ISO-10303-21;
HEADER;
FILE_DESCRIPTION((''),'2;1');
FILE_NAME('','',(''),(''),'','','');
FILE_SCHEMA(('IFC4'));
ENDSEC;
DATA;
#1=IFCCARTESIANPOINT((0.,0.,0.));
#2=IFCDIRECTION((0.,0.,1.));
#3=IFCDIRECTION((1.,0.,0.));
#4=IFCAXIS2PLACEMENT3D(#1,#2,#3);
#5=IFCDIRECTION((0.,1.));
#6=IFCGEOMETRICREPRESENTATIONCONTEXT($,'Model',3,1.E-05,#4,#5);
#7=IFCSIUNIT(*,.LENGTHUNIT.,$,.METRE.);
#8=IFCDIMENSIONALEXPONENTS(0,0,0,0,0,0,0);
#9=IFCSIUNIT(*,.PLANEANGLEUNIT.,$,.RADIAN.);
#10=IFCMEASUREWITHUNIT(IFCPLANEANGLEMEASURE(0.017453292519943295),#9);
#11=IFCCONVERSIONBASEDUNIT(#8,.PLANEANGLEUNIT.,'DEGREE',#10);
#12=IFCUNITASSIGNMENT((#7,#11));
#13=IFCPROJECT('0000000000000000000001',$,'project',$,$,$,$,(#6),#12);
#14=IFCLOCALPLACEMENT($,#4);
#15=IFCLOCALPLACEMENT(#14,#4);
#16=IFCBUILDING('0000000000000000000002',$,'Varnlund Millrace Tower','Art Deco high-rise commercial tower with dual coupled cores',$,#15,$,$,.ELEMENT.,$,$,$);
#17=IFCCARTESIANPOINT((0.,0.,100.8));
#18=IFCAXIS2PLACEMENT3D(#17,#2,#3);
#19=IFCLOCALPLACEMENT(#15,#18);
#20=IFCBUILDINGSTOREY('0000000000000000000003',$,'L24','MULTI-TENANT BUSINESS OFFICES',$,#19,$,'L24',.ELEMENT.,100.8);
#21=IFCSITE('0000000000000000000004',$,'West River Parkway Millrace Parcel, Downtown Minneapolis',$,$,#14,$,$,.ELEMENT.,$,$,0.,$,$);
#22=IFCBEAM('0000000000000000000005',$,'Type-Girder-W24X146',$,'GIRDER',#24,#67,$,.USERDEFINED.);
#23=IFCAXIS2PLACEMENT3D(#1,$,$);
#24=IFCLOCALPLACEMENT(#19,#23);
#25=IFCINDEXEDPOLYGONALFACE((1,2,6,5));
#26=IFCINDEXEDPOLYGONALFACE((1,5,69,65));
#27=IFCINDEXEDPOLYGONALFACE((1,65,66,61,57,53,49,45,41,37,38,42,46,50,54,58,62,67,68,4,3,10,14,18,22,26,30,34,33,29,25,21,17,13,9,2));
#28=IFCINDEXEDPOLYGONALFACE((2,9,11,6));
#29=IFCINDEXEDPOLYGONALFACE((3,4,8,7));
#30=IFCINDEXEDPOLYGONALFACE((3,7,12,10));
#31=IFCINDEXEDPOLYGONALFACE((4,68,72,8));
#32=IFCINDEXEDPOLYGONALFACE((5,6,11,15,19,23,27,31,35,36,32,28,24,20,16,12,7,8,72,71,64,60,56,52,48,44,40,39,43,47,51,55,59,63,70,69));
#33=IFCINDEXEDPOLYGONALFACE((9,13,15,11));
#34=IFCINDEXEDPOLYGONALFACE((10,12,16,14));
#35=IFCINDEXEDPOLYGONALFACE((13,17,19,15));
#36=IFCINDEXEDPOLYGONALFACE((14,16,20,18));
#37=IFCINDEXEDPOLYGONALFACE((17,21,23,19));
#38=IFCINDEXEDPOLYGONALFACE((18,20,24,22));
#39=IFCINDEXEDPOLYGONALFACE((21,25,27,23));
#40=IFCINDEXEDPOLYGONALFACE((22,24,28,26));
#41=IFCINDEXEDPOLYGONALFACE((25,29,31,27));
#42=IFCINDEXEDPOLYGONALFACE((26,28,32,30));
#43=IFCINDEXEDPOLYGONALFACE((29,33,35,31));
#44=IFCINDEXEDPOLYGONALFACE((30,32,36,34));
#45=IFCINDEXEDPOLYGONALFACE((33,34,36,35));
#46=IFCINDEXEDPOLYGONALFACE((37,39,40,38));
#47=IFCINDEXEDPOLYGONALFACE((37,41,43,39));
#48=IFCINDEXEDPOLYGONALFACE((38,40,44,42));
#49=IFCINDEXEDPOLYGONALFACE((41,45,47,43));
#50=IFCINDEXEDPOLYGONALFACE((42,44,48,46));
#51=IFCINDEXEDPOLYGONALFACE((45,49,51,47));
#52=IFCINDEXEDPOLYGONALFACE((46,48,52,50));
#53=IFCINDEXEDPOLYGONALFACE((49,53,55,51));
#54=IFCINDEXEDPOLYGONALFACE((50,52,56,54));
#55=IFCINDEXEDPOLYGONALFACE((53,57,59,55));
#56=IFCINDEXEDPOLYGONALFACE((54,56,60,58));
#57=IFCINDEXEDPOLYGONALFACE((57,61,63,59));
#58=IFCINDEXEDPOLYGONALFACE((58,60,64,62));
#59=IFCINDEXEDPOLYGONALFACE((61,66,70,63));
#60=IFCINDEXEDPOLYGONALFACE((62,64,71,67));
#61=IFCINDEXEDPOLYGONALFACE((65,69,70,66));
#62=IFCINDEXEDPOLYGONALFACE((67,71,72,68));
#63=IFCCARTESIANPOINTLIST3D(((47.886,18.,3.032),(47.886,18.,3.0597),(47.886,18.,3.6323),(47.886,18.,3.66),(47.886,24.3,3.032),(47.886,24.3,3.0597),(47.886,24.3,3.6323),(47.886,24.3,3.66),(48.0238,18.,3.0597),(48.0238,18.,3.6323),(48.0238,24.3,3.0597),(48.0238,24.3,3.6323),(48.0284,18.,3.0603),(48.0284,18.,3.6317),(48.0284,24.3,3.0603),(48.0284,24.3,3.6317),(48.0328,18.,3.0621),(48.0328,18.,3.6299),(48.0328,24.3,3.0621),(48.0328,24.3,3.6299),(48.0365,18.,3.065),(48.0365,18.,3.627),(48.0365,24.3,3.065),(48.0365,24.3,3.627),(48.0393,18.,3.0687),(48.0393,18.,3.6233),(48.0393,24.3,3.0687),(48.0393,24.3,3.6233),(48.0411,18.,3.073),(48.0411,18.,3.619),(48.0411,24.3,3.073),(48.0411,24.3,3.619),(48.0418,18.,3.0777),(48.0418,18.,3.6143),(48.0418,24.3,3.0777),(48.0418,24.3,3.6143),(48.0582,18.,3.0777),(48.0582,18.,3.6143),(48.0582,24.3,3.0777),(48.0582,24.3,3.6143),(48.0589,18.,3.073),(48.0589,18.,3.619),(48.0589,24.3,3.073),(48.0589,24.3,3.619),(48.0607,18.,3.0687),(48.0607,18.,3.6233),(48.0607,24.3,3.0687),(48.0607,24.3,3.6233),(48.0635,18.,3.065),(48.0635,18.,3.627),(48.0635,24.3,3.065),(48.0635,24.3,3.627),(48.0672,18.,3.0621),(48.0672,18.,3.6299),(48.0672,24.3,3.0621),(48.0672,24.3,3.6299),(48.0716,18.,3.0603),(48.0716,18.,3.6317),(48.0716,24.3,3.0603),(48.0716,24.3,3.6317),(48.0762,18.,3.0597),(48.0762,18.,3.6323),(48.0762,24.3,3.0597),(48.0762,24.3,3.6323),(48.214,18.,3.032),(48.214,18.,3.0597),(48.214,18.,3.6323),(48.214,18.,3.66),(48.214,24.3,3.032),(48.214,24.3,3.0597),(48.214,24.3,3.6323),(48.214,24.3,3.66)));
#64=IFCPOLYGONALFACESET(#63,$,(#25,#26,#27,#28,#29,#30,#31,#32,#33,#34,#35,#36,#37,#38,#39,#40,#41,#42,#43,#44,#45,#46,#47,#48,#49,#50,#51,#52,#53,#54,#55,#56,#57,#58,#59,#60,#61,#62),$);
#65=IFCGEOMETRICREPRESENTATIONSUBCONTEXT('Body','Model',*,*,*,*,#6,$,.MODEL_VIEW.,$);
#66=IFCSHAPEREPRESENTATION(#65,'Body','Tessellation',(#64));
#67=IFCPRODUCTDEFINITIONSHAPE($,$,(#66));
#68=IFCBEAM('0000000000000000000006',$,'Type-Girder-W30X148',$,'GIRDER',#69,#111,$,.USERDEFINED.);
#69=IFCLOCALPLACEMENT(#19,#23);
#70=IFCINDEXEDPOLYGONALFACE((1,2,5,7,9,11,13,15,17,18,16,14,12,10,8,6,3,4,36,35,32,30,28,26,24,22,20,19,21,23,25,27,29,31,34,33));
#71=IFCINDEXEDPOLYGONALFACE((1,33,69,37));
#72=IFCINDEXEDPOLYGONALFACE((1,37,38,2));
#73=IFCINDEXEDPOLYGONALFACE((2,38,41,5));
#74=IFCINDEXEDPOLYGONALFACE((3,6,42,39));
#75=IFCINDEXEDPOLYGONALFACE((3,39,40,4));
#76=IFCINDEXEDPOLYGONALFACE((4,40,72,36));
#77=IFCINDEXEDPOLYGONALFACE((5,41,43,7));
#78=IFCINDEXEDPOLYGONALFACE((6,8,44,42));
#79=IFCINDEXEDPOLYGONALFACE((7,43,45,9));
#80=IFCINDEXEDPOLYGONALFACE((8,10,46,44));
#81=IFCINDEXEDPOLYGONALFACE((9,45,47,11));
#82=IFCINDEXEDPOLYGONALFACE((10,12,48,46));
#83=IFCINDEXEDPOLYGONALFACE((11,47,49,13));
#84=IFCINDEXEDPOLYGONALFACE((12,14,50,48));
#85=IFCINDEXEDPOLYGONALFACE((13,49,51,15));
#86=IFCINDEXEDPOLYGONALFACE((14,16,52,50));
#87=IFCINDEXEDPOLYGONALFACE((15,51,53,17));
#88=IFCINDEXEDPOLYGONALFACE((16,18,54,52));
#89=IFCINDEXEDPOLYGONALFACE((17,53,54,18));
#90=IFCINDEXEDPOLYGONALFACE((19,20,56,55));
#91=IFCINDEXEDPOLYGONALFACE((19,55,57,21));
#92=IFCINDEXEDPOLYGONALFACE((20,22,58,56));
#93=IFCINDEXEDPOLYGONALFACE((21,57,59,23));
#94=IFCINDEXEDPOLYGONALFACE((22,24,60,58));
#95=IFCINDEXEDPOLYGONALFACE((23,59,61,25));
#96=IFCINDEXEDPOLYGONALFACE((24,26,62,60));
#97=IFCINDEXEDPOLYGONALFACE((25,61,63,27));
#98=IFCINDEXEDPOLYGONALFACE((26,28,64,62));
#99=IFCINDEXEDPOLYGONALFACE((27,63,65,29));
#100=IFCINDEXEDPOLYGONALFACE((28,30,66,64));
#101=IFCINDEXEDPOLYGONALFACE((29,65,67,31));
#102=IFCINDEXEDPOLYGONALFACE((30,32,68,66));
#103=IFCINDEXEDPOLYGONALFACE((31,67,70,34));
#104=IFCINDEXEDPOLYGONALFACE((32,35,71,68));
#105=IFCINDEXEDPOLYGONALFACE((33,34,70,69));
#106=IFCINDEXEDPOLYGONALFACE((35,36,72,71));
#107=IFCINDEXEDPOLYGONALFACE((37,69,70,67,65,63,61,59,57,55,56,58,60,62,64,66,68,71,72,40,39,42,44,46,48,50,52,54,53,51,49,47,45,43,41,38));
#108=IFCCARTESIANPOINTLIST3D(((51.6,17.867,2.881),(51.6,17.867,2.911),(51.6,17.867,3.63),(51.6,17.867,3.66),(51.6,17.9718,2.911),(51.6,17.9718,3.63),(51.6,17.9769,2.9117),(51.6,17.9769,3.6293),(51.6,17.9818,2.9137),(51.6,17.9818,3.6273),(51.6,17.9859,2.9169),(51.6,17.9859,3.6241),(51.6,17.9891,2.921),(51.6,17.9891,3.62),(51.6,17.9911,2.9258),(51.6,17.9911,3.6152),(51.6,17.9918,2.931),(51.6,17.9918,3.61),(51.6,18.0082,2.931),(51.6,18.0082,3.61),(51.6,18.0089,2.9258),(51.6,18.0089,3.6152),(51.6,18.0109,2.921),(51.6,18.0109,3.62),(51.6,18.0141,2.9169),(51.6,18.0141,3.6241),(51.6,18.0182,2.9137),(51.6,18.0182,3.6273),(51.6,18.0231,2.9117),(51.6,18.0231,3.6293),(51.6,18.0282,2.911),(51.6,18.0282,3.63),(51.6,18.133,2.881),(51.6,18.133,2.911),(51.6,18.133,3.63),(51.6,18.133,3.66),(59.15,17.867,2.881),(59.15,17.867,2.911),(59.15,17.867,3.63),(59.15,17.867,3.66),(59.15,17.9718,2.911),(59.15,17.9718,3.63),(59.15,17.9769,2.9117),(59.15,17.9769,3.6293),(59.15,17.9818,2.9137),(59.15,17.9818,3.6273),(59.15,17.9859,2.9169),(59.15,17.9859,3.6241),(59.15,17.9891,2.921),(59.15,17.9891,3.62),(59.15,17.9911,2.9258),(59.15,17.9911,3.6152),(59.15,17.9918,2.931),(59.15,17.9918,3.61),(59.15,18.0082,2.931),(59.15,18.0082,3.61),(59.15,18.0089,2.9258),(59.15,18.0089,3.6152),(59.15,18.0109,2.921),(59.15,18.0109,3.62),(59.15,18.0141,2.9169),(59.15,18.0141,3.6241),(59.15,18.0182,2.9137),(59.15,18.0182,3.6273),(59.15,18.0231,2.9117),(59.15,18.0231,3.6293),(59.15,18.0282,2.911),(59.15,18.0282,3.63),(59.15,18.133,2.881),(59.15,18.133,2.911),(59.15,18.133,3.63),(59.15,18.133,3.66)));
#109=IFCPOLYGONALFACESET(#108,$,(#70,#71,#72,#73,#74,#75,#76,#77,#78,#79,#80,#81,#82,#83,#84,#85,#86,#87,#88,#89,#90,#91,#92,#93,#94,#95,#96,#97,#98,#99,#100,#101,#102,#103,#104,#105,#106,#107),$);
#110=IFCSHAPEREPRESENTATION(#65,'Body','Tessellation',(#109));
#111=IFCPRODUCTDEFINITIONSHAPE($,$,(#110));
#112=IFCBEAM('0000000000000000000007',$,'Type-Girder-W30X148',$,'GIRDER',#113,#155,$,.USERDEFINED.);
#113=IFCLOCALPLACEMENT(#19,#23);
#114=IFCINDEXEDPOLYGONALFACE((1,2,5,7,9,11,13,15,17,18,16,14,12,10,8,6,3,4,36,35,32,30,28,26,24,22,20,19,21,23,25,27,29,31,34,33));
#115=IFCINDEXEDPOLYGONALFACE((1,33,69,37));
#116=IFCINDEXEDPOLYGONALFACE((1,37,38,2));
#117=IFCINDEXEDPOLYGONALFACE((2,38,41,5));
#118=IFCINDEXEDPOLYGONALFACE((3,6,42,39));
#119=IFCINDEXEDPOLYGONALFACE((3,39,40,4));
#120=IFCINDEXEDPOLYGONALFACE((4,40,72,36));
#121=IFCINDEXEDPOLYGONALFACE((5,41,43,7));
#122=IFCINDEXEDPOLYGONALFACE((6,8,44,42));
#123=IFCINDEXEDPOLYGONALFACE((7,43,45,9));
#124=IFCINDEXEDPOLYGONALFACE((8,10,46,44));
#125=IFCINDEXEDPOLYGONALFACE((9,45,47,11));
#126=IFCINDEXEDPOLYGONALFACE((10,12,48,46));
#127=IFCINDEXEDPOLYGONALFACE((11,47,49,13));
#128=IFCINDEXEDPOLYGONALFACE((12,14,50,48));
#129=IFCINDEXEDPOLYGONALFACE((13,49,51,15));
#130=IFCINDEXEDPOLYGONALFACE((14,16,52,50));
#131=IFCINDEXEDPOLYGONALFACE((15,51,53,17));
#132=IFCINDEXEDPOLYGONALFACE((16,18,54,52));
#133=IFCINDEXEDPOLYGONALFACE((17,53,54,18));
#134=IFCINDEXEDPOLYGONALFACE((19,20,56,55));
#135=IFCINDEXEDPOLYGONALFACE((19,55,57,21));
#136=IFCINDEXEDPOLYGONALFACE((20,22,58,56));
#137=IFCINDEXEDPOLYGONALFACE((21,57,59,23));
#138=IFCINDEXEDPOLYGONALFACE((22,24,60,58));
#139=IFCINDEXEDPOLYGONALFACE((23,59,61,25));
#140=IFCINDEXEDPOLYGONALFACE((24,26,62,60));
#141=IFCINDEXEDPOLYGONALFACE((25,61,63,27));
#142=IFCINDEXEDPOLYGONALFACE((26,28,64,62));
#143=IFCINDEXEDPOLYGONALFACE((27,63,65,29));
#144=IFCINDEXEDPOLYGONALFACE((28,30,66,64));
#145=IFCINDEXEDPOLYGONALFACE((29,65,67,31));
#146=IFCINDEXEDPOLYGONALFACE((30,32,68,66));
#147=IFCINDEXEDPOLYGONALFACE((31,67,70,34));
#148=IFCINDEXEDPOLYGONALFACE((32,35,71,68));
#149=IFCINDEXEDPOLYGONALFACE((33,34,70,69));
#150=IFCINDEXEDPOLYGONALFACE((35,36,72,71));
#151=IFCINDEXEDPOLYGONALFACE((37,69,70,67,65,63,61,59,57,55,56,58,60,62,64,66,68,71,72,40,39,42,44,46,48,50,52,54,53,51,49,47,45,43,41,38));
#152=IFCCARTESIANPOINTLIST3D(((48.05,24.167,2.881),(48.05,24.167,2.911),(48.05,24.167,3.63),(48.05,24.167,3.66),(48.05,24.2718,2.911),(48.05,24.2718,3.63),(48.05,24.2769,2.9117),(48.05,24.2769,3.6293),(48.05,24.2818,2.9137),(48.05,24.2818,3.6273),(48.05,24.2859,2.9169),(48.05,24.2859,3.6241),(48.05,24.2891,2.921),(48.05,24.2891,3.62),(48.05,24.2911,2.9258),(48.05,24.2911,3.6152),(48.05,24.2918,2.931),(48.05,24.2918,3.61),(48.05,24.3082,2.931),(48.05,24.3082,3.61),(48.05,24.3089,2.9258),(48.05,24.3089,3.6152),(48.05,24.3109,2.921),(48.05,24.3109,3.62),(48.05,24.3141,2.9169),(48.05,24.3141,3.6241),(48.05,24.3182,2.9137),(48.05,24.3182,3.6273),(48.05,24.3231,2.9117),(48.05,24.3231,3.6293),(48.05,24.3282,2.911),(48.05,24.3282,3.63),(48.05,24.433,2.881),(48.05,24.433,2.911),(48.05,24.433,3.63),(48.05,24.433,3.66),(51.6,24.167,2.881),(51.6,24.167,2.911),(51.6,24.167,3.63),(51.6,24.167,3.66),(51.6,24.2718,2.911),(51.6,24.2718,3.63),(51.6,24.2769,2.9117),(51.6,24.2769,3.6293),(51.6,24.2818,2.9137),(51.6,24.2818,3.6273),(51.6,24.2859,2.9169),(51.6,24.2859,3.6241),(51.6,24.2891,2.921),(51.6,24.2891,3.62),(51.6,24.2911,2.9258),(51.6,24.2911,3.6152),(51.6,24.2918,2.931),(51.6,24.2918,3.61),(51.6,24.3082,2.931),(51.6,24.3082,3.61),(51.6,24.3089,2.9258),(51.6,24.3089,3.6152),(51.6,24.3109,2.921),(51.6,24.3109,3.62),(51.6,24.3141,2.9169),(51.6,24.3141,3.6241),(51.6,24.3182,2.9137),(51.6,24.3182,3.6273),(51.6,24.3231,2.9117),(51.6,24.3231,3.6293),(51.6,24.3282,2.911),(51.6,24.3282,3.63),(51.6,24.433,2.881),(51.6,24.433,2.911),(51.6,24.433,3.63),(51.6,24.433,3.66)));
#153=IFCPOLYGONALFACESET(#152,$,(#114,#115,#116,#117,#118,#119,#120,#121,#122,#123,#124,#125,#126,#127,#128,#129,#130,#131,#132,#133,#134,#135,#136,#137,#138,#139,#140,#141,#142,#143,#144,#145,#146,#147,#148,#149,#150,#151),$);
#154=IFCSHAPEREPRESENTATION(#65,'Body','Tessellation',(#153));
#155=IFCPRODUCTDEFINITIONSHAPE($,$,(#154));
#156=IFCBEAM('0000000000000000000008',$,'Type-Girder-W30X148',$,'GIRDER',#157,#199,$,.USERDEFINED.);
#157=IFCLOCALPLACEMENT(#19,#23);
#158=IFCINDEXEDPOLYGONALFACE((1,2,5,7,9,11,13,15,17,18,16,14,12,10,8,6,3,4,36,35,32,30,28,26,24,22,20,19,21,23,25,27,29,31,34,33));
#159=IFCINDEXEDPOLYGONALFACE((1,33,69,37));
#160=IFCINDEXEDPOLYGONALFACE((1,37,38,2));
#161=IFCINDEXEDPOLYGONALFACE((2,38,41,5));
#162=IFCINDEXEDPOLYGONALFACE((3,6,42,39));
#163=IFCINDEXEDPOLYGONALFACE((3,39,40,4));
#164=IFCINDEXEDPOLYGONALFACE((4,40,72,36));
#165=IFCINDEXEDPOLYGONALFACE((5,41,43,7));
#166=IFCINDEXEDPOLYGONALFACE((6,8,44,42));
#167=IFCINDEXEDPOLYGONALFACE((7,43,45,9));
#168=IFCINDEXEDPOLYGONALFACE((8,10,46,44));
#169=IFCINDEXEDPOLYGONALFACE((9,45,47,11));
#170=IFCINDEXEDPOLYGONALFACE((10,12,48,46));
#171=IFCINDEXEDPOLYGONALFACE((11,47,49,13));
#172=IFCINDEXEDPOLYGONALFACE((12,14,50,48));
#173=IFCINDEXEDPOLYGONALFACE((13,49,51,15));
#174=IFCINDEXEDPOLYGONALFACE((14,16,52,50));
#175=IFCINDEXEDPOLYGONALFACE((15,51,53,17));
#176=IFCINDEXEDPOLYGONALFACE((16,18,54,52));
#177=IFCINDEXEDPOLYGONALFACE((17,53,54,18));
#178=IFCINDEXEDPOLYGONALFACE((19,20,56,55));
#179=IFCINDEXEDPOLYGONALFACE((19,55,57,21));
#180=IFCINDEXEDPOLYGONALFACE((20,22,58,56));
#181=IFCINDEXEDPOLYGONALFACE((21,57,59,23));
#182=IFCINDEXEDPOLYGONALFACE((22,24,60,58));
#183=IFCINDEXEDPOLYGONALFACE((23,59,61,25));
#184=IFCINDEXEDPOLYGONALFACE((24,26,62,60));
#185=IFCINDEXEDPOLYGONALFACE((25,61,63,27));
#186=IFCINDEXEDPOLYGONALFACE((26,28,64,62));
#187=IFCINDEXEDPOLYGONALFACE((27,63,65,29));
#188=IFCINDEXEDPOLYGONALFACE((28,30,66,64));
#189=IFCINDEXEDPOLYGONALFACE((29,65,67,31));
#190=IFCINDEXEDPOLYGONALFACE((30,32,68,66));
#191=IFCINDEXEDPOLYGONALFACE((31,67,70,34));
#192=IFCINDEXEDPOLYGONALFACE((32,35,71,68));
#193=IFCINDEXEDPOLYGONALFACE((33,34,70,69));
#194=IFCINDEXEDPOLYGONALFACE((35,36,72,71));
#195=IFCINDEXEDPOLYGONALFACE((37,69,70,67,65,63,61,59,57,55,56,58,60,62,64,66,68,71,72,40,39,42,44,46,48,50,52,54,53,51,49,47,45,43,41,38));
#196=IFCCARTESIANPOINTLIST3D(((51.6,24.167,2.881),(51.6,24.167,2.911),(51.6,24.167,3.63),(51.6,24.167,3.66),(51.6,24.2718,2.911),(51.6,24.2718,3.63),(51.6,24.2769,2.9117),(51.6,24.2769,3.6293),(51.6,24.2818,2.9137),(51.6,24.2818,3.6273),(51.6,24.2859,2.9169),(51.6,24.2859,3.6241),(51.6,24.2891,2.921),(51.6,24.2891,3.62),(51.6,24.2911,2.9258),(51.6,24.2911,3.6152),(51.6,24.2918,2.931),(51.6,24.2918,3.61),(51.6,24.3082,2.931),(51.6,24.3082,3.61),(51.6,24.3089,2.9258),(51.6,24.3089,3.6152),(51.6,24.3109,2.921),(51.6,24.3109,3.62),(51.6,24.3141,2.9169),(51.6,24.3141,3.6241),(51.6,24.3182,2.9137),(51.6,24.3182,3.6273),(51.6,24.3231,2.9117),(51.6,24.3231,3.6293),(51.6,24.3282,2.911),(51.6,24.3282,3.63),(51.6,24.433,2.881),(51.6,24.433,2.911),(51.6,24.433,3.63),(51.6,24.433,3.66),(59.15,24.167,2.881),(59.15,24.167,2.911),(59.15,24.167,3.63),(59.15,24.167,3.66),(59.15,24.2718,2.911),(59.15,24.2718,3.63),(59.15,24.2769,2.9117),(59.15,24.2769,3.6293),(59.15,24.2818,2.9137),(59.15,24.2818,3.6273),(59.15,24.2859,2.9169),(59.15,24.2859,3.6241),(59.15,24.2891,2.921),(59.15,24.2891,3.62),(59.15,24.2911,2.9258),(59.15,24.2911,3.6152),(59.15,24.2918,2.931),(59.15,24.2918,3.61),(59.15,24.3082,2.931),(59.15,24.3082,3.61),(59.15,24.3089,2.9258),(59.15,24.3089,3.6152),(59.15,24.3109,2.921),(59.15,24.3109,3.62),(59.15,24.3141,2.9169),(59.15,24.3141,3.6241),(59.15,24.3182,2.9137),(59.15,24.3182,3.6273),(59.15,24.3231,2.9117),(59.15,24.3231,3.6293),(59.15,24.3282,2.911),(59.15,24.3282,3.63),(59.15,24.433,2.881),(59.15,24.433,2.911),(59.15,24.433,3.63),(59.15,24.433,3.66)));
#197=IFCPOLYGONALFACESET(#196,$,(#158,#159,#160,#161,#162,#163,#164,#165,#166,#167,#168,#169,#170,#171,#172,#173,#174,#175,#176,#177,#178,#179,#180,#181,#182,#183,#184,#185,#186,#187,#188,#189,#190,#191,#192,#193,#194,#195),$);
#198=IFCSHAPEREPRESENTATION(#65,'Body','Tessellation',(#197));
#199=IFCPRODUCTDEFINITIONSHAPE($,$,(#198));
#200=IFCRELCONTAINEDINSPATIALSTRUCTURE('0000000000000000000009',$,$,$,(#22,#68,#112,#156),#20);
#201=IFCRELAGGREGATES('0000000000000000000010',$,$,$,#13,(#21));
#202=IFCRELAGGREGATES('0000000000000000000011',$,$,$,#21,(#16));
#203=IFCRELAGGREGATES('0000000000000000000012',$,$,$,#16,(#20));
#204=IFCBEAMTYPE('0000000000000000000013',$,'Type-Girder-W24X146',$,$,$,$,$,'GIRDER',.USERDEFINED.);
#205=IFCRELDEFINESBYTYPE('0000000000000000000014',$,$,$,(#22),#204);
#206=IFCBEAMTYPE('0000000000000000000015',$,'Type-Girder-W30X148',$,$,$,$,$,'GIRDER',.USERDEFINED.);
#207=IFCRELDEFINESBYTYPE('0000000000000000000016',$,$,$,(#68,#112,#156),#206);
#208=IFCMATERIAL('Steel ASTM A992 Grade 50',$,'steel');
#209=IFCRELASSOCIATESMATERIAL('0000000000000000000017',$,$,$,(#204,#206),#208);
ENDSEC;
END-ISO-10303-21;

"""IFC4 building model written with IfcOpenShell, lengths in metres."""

from ifc_helpers import new_model, entity, si_unit, converted_unit, direction, frame, origin_with_axes, origin_2d_with_axis, place, context, subcontext, project, spatial, i_section, extrude, material, material_profile, profile_set, type_object, element, save


model = new_model("IFC4")

# Units and contexts
model_context = context("Model", 3, precision=1e-05, world=origin_with_axes(), true_north=direction((0.0, 1.0)))
body_context = subcontext(model_context, "Body", "Model", "MODEL_VIEW")
ifc_project = project(units=[si_unit("LENGTHUNIT", "METRE"), converted_unit("PLANEANGLEUNIT", "DEGREE", entity("IfcPlaneAngleMeasure", 0.017453292519943295), si_unit("PLANEANGLEUNIT", "RADIAN"), dimensions=[0, 0, 0, 0, 0, 0, 0])], contexts=[model_context])

# Site, building, storey
site_placement = place(None, origin_with_axes())
site = spatial("IfcSite", under=ifc_project, at=site_placement, Name="West River Parkway Millrace Parcel, Downtown Minneapolis", CompositionType="ELEMENT", RefElevation=0.0)
building_placement = place(site_placement, origin_with_axes())
building = spatial("IfcBuilding", under=site, at=building_placement, Name="Varnlund Millrace Tower", Description="Art Deco high-rise commercial tower with dual coupled cores", CompositionType="ELEMENT")
storey_placement = place(building_placement, frame((0.0, 0.0, 100.8), z_axis=(0.0, 0.0, 1.0), x_axis=(1.0, 0.0, 0.0)))
storey = spatial("IfcBuildingStorey", under=building, at=storey_placement, Name="L24", Description="MULTI-TENANT BUSINESS OFFICES", LongName="L24", CompositionType="ELEMENT", Elevation=100.8)

# Beams
ifc_material_1 = material(Name="Steel ASTM A992 Grade 50", Category="steel")
ifc_material_profile_1 = material_profile(ifc_material_1, i_section(OverallWidth=0.328, OverallDepth=0.628, WebThickness=0.0165, FlangeThickness=0.0277, FilletRadius=0.018, at=origin_2d_with_axis()), Name="Steel ASTM A992 Grade 50")
ifc_profile_set_1 = profile_set([ifc_material_profile_1], Name="Steel ASTM A992 Grade 50")
beam_type_1 = type_object("IfcBeamType", Name="Type-Girder-W24X146", ElementType="GIRDER", PredefinedType="USERDEFINED", material=ifc_profile_set_1)
beam_1_placement = place(storey_placement, frame((48.05, 18.0, 3.346), z_axis=(0.0, 1.0, 0.0), x_axis=(-1.0, 0.0, 0.0)))
element("IfcBeam", 1, at=beam_1_placement, inside=storey, type_object=beam_type_1, Name="Type-Girder-W24X146", ObjectType="GIRDER", PredefinedType="USERDEFINED", context=body_context, shape_type="SweptSolid", body=[
    extrude(i_section(OverallWidth=0.328, OverallDepth=0.628, WebThickness=0.0165, FlangeThickness=0.0277, FilletRadius=0.018, at=origin_2d_with_axis()), origin_with_axes(), (0.0, 0.0, 1.0), 6.3),
])
ifc_material_profile_2 = material_profile(ifc_material_1, i_section(OverallWidth=0.266, OverallDepth=0.779, WebThickness=0.0165, FlangeThickness=0.03, FilletRadius=0.02, at=origin_2d_with_axis()), Name="Steel ASTM A992 Grade 50")
ifc_profile_set_2 = profile_set([ifc_material_profile_2], Name="Steel ASTM A992 Grade 50")
beam_type_2 = type_object("IfcBeamType", Name="Type-Girder-W30X148", ElementType="GIRDER", PredefinedType="USERDEFINED", material=ifc_profile_set_2)
beam_2_placement = place(storey_placement, frame((51.6, 18.0, 3.2705), z_axis=(1.0, 0.0, 0.0), x_axis=(0.0, 1.0, 0.0)))
element("IfcBeam", 2, at=beam_2_placement, inside=storey, type_object=beam_type_2, Name="Type-Girder-W30X148", ObjectType="GIRDER", PredefinedType="USERDEFINED", context=body_context, shape_type="SweptSolid", body=[
    extrude(i_section(OverallWidth=0.266, OverallDepth=0.779, WebThickness=0.0165, FlangeThickness=0.03, FilletRadius=0.02, at=origin_2d_with_axis()), origin_with_axes(), (0.0, 0.0, 1.0), 7.55),
])
beam_3_placement = place(storey_placement, frame((48.05, 24.3, 3.2705), z_axis=(1.0, 0.0, 0.0), x_axis=(0.0, 1.0, 0.0)))
element("IfcBeam", 3, at=beam_3_placement, inside=storey, type_object=beam_type_2, Name="Type-Girder-W30X148", ObjectType="GIRDER", PredefinedType="USERDEFINED", context=body_context, shape_type="SweptSolid", body=[
    extrude(i_section(OverallWidth=0.266, OverallDepth=0.779, WebThickness=0.0165, FlangeThickness=0.03, FilletRadius=0.02, at=origin_2d_with_axis()), origin_with_axes(), (0.0, 0.0, 1.0), 3.55),
])
beam_4_placement = place(storey_placement, frame((51.6, 24.3, 3.2705), z_axis=(1.0, 0.0, 0.0), x_axis=(0.0, 1.0, 0.0)))
element("IfcBeam", 4, at=beam_4_placement, inside=storey, type_object=beam_type_2, Name="Type-Girder-W30X148", ObjectType="GIRDER", PredefinedType="USERDEFINED", context=body_context, shape_type="SweptSolid", body=[
    extrude(i_section(OverallWidth=0.266, OverallDepth=0.779, WebThickness=0.0165, FlangeThickness=0.03, FilletRadius=0.02, at=origin_2d_with_axis()), origin_with_axes(), (0.0, 0.0, 1.0), 7.55),
])

save(model, "model.ifc")
